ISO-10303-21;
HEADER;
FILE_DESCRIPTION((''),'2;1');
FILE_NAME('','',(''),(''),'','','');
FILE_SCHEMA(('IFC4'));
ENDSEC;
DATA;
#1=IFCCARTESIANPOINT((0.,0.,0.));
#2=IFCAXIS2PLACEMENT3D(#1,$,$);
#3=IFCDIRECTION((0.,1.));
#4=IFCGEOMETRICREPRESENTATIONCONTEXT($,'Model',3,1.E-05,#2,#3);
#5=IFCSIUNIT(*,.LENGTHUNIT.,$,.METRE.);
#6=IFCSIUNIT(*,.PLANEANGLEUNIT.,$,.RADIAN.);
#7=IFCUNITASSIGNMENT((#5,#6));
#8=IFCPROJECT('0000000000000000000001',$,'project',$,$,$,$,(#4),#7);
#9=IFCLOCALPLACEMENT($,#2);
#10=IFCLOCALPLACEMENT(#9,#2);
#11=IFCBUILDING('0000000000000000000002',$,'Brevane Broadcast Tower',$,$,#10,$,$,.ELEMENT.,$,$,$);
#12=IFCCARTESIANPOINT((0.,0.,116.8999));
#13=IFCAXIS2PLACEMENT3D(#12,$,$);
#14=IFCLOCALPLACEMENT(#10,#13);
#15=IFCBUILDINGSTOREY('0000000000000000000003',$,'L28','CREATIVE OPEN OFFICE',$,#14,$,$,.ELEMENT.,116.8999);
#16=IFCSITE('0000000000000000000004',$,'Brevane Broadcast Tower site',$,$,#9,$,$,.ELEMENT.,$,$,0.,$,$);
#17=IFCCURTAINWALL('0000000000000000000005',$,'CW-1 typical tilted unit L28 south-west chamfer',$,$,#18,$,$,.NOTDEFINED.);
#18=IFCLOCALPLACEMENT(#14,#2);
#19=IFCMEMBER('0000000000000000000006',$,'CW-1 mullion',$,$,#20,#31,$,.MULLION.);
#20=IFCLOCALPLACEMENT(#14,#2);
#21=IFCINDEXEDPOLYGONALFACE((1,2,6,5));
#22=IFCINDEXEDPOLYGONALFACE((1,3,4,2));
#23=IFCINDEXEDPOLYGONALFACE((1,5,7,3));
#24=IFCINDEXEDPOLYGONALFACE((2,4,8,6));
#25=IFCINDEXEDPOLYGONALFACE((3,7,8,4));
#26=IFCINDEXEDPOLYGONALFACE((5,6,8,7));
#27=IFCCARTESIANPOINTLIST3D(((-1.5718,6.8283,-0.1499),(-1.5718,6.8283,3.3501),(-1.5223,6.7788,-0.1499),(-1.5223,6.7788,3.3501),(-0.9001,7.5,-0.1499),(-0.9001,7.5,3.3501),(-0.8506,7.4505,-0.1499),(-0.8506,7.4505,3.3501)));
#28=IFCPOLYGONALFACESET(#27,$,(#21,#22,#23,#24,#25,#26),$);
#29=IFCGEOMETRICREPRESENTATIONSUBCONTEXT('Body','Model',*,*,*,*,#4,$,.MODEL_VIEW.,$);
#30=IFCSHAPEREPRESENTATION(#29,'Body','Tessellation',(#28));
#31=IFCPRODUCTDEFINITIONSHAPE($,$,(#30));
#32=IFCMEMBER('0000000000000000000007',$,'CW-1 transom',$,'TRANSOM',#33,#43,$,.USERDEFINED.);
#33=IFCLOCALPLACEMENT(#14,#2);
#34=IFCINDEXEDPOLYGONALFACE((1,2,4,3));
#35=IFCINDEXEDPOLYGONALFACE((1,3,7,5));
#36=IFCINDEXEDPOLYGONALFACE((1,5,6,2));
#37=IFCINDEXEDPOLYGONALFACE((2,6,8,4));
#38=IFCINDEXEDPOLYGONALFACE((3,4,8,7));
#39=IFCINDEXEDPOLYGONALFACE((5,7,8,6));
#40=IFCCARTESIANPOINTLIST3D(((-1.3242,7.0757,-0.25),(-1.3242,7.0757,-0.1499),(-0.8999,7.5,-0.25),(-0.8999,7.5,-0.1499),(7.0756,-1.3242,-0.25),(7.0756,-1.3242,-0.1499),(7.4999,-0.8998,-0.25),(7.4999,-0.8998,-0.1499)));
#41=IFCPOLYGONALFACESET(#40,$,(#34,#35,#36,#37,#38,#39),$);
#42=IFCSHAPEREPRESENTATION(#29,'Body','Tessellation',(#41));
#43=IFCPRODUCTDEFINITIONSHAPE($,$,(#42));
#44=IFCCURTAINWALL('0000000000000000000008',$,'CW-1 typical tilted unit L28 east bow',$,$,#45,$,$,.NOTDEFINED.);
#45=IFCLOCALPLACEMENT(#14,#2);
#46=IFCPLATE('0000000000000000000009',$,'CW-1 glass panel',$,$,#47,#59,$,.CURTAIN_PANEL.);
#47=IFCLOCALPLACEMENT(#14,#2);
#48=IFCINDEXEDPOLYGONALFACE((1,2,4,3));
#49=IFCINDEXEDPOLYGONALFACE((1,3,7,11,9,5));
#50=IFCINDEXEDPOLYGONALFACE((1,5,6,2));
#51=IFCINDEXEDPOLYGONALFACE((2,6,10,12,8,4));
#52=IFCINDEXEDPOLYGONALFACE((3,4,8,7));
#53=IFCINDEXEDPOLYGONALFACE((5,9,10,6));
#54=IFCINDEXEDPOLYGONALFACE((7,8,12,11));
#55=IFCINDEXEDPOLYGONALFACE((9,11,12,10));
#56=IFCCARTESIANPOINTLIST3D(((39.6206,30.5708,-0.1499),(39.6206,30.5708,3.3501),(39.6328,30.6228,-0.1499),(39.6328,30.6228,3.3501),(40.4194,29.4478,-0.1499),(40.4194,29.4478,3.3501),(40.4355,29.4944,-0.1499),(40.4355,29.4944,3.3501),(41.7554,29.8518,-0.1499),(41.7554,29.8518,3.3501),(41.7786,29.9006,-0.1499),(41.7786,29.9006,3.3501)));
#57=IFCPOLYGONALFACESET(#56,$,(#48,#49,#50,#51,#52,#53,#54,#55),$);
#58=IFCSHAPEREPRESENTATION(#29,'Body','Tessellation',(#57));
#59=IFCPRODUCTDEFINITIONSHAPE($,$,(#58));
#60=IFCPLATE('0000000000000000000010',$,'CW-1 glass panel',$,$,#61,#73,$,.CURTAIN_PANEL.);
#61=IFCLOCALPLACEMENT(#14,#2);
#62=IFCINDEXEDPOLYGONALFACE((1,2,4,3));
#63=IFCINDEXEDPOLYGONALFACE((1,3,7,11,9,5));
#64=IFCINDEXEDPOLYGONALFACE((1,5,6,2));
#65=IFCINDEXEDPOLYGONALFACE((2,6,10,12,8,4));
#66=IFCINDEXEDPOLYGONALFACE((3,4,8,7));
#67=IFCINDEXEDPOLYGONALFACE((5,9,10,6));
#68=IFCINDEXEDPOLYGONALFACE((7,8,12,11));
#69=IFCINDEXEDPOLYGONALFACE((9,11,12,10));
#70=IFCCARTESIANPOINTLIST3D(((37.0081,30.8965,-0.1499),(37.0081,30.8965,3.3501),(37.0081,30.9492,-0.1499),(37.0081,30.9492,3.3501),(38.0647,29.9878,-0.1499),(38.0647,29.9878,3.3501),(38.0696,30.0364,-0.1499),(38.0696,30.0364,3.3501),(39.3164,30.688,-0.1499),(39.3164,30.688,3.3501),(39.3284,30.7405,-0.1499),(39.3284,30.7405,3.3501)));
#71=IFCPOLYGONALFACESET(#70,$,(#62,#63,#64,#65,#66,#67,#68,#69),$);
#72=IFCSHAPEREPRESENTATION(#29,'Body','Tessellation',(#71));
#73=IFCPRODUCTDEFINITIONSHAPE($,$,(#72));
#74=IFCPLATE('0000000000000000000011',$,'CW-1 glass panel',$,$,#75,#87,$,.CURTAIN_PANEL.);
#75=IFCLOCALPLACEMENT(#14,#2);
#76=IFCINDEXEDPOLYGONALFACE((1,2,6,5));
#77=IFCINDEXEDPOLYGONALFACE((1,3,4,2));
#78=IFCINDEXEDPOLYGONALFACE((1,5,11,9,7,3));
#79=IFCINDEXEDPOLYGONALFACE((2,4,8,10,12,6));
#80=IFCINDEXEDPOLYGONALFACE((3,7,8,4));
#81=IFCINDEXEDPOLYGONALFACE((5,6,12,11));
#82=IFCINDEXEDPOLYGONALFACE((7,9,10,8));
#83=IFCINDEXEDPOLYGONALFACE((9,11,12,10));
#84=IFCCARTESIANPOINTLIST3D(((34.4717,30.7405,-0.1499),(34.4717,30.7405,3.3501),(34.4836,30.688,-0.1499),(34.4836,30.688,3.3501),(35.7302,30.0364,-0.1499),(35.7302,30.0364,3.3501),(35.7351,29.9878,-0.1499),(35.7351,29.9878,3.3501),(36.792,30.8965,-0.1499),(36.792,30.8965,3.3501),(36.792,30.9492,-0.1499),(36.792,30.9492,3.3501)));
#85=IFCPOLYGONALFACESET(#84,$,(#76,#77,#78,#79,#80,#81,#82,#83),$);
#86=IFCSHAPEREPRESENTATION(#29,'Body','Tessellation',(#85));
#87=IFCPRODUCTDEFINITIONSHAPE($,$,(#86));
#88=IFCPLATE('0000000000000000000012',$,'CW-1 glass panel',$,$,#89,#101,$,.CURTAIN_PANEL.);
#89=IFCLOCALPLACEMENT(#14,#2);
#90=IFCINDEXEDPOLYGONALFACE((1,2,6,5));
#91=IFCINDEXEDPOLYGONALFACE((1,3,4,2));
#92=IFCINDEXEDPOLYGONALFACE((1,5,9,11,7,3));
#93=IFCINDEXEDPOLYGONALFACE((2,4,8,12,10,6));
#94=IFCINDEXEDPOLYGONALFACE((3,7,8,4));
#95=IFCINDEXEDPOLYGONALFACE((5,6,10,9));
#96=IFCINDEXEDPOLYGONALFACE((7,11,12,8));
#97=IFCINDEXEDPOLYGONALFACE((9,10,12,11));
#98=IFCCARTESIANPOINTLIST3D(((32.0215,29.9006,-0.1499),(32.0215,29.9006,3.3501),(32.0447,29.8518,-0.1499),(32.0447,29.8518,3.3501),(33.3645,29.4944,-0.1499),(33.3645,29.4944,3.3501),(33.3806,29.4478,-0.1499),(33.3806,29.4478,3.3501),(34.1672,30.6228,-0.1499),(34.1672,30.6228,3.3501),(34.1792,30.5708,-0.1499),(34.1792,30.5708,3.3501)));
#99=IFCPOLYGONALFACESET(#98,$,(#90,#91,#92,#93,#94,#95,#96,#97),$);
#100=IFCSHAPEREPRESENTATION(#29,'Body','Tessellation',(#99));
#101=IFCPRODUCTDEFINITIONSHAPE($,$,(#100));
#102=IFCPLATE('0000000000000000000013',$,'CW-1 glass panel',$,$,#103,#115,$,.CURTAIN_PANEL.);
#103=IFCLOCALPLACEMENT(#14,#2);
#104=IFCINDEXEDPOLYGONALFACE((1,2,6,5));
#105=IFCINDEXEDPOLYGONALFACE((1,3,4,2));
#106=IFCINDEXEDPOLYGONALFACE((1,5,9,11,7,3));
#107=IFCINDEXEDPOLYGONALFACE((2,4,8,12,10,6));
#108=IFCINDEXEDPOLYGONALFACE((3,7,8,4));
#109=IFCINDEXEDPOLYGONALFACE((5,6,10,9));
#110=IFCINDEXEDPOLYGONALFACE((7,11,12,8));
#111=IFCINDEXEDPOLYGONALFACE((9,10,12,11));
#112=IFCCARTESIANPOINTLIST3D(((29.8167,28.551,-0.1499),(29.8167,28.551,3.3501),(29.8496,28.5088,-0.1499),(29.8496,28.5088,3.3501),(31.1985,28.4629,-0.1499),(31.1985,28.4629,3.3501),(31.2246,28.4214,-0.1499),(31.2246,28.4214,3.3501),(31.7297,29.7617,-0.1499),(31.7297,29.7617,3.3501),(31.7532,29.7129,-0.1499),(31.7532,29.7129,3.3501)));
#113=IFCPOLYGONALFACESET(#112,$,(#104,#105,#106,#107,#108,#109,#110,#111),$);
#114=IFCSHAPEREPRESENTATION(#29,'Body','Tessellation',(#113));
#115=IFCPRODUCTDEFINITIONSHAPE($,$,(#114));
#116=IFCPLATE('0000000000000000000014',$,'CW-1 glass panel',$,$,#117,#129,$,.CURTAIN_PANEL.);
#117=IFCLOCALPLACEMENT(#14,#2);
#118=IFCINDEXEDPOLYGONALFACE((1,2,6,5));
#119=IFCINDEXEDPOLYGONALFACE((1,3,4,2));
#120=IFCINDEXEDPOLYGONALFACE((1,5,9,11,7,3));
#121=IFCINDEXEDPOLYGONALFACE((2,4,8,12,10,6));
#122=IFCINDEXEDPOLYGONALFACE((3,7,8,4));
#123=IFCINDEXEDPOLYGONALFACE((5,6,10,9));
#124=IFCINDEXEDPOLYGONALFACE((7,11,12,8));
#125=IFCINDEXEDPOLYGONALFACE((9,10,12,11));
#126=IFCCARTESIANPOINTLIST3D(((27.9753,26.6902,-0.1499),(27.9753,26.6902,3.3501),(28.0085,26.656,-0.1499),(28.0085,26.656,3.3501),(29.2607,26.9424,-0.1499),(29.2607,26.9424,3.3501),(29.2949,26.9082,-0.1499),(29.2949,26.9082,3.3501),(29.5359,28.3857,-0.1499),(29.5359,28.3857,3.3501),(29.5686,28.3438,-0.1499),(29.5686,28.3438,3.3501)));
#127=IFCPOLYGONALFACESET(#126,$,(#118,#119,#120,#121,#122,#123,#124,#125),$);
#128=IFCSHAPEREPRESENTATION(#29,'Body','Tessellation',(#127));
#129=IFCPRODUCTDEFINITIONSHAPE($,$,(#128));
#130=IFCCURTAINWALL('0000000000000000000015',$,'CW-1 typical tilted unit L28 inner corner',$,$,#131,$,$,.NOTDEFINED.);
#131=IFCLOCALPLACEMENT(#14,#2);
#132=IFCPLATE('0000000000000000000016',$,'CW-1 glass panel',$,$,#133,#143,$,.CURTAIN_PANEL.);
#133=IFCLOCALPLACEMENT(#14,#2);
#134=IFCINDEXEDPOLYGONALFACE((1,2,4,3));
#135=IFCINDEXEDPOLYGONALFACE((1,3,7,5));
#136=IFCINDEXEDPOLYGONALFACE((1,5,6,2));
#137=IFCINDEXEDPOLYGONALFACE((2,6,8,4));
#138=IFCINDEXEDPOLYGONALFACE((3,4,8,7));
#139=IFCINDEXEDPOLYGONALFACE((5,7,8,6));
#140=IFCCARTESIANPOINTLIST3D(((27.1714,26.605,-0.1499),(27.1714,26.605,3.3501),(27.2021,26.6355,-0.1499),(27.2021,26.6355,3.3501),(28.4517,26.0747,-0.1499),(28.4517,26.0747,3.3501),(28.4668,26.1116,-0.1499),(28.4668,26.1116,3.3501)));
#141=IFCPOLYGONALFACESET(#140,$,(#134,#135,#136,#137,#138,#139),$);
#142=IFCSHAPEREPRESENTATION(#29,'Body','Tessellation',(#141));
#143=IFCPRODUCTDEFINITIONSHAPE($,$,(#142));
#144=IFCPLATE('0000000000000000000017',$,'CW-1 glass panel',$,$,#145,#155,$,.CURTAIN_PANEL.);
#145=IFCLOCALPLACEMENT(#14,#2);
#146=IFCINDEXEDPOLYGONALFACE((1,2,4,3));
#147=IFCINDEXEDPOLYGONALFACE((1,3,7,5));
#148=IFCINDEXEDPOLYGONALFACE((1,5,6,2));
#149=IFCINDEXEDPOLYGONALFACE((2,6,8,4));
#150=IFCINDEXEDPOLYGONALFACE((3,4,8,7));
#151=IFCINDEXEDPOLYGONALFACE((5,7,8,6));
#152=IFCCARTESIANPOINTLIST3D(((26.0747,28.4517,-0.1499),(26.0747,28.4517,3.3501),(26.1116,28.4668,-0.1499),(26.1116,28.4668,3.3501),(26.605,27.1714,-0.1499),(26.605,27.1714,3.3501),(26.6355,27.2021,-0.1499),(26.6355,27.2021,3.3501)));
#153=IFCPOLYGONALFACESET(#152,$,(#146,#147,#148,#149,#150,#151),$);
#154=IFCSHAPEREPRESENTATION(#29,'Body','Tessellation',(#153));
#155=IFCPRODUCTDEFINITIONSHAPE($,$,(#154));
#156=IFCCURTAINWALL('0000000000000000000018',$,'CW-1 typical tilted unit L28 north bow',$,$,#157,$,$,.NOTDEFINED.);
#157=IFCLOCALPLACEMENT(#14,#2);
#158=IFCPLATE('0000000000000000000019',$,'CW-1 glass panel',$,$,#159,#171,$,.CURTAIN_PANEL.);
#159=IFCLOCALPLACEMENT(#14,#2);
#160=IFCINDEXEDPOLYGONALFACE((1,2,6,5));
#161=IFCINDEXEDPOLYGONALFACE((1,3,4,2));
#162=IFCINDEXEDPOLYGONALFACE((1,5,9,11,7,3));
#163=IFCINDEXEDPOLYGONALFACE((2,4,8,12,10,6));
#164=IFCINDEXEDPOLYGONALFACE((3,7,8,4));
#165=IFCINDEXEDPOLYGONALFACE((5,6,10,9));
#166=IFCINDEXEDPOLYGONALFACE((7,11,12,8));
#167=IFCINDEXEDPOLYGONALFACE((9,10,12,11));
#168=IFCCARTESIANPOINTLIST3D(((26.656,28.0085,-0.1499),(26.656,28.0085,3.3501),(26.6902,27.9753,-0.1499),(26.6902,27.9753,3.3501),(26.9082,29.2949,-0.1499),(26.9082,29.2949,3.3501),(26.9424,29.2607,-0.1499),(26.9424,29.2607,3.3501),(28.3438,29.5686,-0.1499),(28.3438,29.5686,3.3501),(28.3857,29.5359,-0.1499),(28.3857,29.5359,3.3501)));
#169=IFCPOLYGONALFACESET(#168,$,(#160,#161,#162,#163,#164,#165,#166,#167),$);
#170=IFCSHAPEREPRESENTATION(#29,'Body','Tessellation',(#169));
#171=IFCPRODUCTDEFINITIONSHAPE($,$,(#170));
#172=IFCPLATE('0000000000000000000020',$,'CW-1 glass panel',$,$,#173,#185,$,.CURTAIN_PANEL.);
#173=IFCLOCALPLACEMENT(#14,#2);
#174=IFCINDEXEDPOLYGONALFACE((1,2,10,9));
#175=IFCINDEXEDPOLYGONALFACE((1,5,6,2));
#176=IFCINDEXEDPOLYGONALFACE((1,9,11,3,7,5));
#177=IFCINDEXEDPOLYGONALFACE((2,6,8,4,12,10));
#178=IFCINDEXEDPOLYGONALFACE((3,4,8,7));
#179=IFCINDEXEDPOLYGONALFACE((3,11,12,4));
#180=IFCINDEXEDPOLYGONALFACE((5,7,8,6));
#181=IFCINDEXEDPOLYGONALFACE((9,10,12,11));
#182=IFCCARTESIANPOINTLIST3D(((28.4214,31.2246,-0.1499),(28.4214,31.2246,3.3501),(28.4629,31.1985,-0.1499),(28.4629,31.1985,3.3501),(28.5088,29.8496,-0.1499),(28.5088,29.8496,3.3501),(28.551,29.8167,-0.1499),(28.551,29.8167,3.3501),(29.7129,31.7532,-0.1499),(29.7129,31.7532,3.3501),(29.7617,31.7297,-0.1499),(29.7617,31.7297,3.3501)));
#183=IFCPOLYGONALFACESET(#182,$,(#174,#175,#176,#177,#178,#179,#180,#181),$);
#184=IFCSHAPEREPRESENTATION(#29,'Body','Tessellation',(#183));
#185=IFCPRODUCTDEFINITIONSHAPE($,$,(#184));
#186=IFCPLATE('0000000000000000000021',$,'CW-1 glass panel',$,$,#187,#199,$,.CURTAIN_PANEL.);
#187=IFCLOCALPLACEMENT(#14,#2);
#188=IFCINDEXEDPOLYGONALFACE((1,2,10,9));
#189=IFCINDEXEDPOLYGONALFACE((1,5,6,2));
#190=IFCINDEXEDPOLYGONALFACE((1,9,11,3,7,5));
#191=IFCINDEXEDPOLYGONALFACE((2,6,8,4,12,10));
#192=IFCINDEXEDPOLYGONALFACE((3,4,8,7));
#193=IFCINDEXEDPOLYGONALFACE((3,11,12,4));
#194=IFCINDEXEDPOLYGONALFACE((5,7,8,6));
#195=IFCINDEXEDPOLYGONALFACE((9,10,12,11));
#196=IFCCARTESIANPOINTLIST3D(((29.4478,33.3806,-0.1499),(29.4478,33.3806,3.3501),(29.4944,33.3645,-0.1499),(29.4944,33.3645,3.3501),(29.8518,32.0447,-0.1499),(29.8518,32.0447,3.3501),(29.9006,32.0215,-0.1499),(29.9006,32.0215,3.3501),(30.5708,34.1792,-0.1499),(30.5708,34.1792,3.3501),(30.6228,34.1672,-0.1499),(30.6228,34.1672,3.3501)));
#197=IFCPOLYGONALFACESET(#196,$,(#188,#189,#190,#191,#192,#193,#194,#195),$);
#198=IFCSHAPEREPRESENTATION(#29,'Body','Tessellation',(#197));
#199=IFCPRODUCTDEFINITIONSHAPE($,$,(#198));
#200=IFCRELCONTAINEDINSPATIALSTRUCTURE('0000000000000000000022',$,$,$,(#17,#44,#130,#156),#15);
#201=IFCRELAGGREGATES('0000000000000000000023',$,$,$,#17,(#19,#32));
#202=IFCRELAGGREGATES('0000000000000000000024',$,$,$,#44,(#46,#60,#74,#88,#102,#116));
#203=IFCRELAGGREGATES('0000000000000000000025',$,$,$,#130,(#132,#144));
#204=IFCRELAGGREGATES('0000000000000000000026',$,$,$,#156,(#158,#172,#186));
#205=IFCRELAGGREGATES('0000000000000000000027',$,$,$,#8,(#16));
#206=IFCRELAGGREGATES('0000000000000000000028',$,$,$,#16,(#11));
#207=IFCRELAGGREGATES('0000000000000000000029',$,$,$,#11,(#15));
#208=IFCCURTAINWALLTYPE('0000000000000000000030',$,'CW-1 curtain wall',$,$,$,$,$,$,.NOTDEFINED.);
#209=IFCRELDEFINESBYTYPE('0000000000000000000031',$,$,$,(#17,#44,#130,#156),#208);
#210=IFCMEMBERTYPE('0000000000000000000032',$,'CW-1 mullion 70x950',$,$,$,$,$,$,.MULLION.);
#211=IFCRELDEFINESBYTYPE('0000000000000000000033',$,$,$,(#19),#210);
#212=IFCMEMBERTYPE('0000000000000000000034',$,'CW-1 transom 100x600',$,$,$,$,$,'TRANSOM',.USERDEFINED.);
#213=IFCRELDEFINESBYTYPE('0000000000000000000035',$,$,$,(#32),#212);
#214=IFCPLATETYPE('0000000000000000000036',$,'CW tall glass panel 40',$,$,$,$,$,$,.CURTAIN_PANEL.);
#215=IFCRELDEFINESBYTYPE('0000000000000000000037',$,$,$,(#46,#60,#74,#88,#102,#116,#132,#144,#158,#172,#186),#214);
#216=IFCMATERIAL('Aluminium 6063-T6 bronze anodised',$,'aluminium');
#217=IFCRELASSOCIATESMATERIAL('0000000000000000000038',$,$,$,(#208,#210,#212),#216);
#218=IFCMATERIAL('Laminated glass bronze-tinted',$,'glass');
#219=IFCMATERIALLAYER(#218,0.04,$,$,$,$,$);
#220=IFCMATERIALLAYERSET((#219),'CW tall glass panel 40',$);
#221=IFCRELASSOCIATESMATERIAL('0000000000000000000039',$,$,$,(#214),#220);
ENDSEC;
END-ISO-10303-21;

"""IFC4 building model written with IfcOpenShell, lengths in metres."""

from ifc_helpers import new_model, si_unit, direction, frame, origin, origin_2d, place, context, subcontext, project, spatial, polyline, rectangle, outline, extrude, material, layer, layer_set, material_profile, profile_set, type_object, element, aggregate, save


model = new_model("IFC4")

# Units and contexts
model_context = context("Model", 3, precision=1e-05, world=origin(), true_north=direction((0.0, 1.0)))
body_context = subcontext(model_context, "Body", "Model", "MODEL_VIEW")
ifc_project = project(units=[si_unit("LENGTHUNIT", "METRE"), si_unit("PLANEANGLEUNIT", "RADIAN")], contexts=[model_context])

# Site, building, storey
site_placement = place(None, origin())
site = spatial("IfcSite", under=ifc_project, at=site_placement, Name="Brevane Broadcast Tower site", CompositionType="ELEMENT", RefElevation=0.0)
building_placement = place(site_placement, origin())
building = spatial("IfcBuilding", under=site, at=building_placement, Name="Brevane Broadcast Tower", CompositionType="ELEMENT")
storey_placement = place(building_placement, frame((0.0, 0.0, 116.8999)))
storey = spatial("IfcBuildingStorey", under=building, at=storey_placement, Name="L28", Description="CREATIVE OPEN OFFICE", CompositionType="ELEMENT", Elevation=116.8999)

# Curtain wall, members
ifc_material_1 = material(Name="Aluminium 6063-T6 bronze anodised", Category="aluminium")
curtain_wall_type = type_object("IfcCurtainWallType", Name="CW-1 curtain wall", PredefinedType="NOTDEFINED", material=ifc_material_1)
curtain_wall_1_placement = place(storey_placement, origin())
curtain_wall_1 = element("IfcCurtainWall", 1, at=curtain_wall_1_placement, inside=storey, type_object=curtain_wall_type, Name="CW-1 typical tilted unit L28 south-west chamfer", PredefinedType="NOTDEFINED")
ifc_material_profile_1 = material_profile(ifc_material_1, rectangle(XDim=0.95, YDim=0.0701, at=origin_2d()), Name="RECT 70x950")
ifc_profile_set_1 = profile_set([ifc_material_profile_1], Name="Aluminium 6063-T6 bronze anodised")
member_type_1 = type_object("IfcMemberType", Name="CW-1 mullion 70x950", PredefinedType="MULLION", material=ifc_profile_set_1)
member_1_placement = place(storey_placement, frame((-1.2112, 7.1394, -0.1499), z_axis=(0.0, 0.0, 1.0), x_axis=(0.707107, 0.707107, 0.0)))
member_1 = element("IfcMember", 2, at=member_1_placement, type_object=member_type_1, Name="CW-1 mullion", PredefinedType="MULLION", context=body_context, shape_type="SweptSolid", body=[
    extrude(rectangle(XDim=0.95, YDim=0.0701, at=origin_2d()), origin(), (0.0, 0.0, 1.0), 3.5),
])
ifc_material_profile_2 = material_profile(ifc_material_1, rectangle(XDim=0.6001, YDim=0.1001, at=origin_2d()), Name="RECT 100x600")
ifc_profile_set_2 = profile_set([ifc_material_profile_2], Name="Aluminium 6063-T6 bronze anodised")
member_type_2 = type_object("IfcMemberType", Name="CW-1 transom 100x600", ElementType="TRANSOM", PredefinedType="USERDEFINED", material=ifc_profile_set_2)
member_2_placement = place(storey_placement, frame((-1.1121, 7.2878, -0.2), z_axis=(0.707107, -0.707107, 0.0), x_axis=(0.707107, 0.707107, 0.0)))
member_2 = element("IfcMember", 3, at=member_2_placement, type_object=member_type_2, Name="CW-1 transom", ObjectType="TRANSOM", PredefinedType="USERDEFINED", context=body_context, shape_type="SweptSolid", body=[
    extrude(rectangle(XDim=0.6001, YDim=0.1001, at=origin_2d()), origin(), (0.0, 0.0, 1.0), 11.8792),
])
aggregate(curtain_wall_1, [member_1, member_2])

# Curtain walls, plates
curtain_wall_2_placement = place(storey_placement, origin())
curtain_wall_2 = element("IfcCurtainWall", 4, at=curtain_wall_2_placement, inside=storey, type_object=curtain_wall_type, Name="CW-1 typical tilted unit L28 east bow", PredefinedType="NOTDEFINED")
ifc_material_2 = material(Name="Laminated glass bronze-tinted", Category="glass")
ifc_layer = layer(ifc_material_2, 0.04)
ifc_layer_set = layer_set([ifc_layer], Name="CW tall glass panel 40")
plate_type = type_object("IfcPlateType", Name="CW tall glass panel 40", PredefinedType="CURTAIN_PANEL", material=ifc_layer_set)
plate_1_placement = place(storey_placement, frame((0.0, 0.0, -0.1499)))
plate_1 = element("IfcPlate", 5, at=plate_1_placement, type_object=plate_type, Name="CW-1 glass panel", PredefinedType="CURTAIN_PANEL", context=body_context, shape_type="SweptSolid", body=[
    extrude(outline(polyline([(41.7554, 29.8518), (41.7786, 29.9006), (40.4355, 29.4944), (39.6328, 30.6228), (39.6206, 30.5708), (40.4194, 29.4478), (41.7554, 29.8518)])), origin(), (0.0, 0.0, 1.0), 3.5),
])
plate_2_placement = place(storey_placement, frame((0.0, 0.0, -0.1499)))
plate_2 = element("IfcPlate", 6, at=plate_2_placement, type_object=plate_type, Name="CW-1 glass panel", PredefinedType="CURTAIN_PANEL", context=body_context, shape_type="SweptSolid", body=[
    extrude(outline(polyline([(39.3164, 30.688), (39.3284, 30.7405), (38.0696, 30.0364), (37.0081, 30.9492), (37.0081, 30.8965), (38.0647, 29.9878), (39.3164, 30.688)])), origin(), (0.0, 0.0, 1.0), 3.5),
])
plate_3_placement = place(storey_placement, frame((0.0, 0.0, -0.1499)))
plate_3 = element("IfcPlate", 7, at=plate_3_placement, type_object=plate_type, Name="CW-1 glass panel", PredefinedType="CURTAIN_PANEL", context=body_context, shape_type="SweptSolid", body=[
    extrude(outline(polyline([(36.792, 30.8965), (36.792, 30.9492), (35.7302, 30.0364), (34.4717, 30.7405), (34.4836, 30.688), (35.7351, 29.9878), (36.792, 30.8965)])), origin(), (0.0, 0.0, 1.0), 3.5),
])
plate_4_placement = place(storey_placement, frame((0.0, 0.0, -0.1499)))
plate_4 = element("IfcPlate", 8, at=plate_4_placement, type_object=plate_type, Name="CW-1 glass panel", PredefinedType="CURTAIN_PANEL", context=body_context, shape_type="SweptSolid", body=[
    extrude(outline(polyline([(34.1792, 30.5708), (34.1672, 30.6228), (33.3645, 29.4944), (32.0215, 29.9006), (32.0447, 29.8518), (33.3806, 29.4478), (34.1792, 30.5708)])), origin(), (0.0, 0.0, 1.0), 3.5),
])
plate_5_placement = place(storey_placement, frame((0.0, 0.0, -0.1499)))
plate_5 = element("IfcPlate", 9, at=plate_5_placement, type_object=plate_type, Name="CW-1 glass panel", PredefinedType="CURTAIN_PANEL", context=body_context, shape_type="SweptSolid", body=[
    extrude(outline(polyline([(31.7532, 29.7129), (31.7297, 29.7617), (31.1985, 28.4629), (29.8167, 28.551), (29.8496, 28.5088), (31.2246, 28.4214), (31.7532, 29.7129)])), origin(), (0.0, 0.0, 1.0), 3.5),
])
plate_6_placement = place(storey_placement, frame((0.0, 0.0, -0.1499)))
plate_6 = element("IfcPlate", 10, at=plate_6_placement, type_object=plate_type, Name="CW-1 glass panel", PredefinedType="CURTAIN_PANEL", context=body_context, shape_type="SweptSolid", body=[
    extrude(outline(polyline([(29.5686, 28.3438), (29.5359, 28.3857), (29.2607, 26.9424), (27.9753, 26.6902), (28.0085, 26.656), (29.2949, 26.9082), (29.5686, 28.3438)])), origin(), (0.0, 0.0, 1.0), 3.5),
])
aggregate(curtain_wall_2, [plate_1, plate_2, plate_3, plate_4, plate_5, plate_6])
curtain_wall_3_placement = place(storey_placement, origin())
curtain_wall_3 = element("IfcCurtainWall", 11, at=curtain_wall_3_placement, inside=storey, type_object=curtain_wall_type, Name="CW-1 typical tilted unit L28 inner corner", PredefinedType="NOTDEFINED")
plate_7_placement = place(storey_placement, frame((0.0, 0.0, -0.1499)))
plate_7 = element("IfcPlate", 12, at=plate_7_placement, type_object=plate_type, Name="CW-1 glass panel", PredefinedType="CURTAIN_PANEL", context=body_context, shape_type="SweptSolid", body=[
    extrude(outline(polyline([(28.4517, 26.0747), (28.4668, 26.1116), (27.2021, 26.6355), (27.1714, 26.605), (28.4517, 26.0747)])), origin(), (0.0, 0.0, 1.0), 3.5),
])
plate_8_placement = place(storey_placement, frame((0.0, 0.0, -0.1499)))
plate_8 = element("IfcPlate", 13, at=plate_8_placement, type_object=plate_type, Name="CW-1 glass panel", PredefinedType="CURTAIN_PANEL", context=body_context, shape_type="SweptSolid", body=[
    extrude(outline(polyline([(26.605, 27.1714), (26.6355, 27.2021), (26.1116, 28.4668), (26.0747, 28.4517), (26.605, 27.1714)])), origin(), (0.0, 0.0, 1.0), 3.5),
])
aggregate(curtain_wall_3, [plate_7, plate_8])
curtain_wall_4_placement = place(storey_placement, origin())
curtain_wall_4 = element("IfcCurtainWall", 14, at=curtain_wall_4_placement, inside=storey, type_object=curtain_wall_type, Name="CW-1 typical tilted unit L28 north bow", PredefinedType="NOTDEFINED")
plate_9_placement = place(storey_placement, frame((0.0, 0.0, -0.1499)))
plate_9 = element("IfcPlate", 15, at=plate_9_placement, type_object=plate_type, Name="CW-1 glass panel", PredefinedType="CURTAIN_PANEL", context=body_context, shape_type="SweptSolid", body=[
    extrude(outline(polyline([(26.656, 28.0085), (26.6902, 27.9753), (26.9424, 29.2607), (28.3857, 29.5359), (28.3438, 29.5686), (26.9082, 29.2949), (26.656, 28.0085)])), origin(), (0.0, 0.0, 1.0), 3.5),
])
plate_10_placement = place(storey_placement, frame((0.0, 0.0, -0.1499)))
plate_10 = element("IfcPlate", 16, at=plate_10_placement, type_object=plate_type, Name="CW-1 glass panel", PredefinedType="CURTAIN_PANEL", context=body_context, shape_type="SweptSolid", body=[
    extrude(outline(polyline([(28.5088, 29.8496), (28.551, 29.8167), (28.4629, 31.1985), (29.7617, 31.7297), (29.7129, 31.7532), (28.4214, 31.2246), (28.5088, 29.8496)])), origin(), (0.0, 0.0, 1.0), 3.5),
])
plate_11_placement = place(storey_placement, frame((0.0, 0.0, -0.1499)))
plate_11 = element("IfcPlate", 17, at=plate_11_placement, type_object=plate_type, Name="CW-1 glass panel", PredefinedType="CURTAIN_PANEL", context=body_context, shape_type="SweptSolid", body=[
    extrude(outline(polyline([(29.8518, 32.0447), (29.9006, 32.0215), (29.4944, 33.3645), (30.6228, 34.1672), (30.5708, 34.1792), (29.4478, 33.3806), (29.8518, 32.0447)])), origin(), (0.0, 0.0, 1.0), 3.5),
])
aggregate(curtain_wall_4, [plate_9, plate_10, plate_11])

save(model, "model.ifc")
